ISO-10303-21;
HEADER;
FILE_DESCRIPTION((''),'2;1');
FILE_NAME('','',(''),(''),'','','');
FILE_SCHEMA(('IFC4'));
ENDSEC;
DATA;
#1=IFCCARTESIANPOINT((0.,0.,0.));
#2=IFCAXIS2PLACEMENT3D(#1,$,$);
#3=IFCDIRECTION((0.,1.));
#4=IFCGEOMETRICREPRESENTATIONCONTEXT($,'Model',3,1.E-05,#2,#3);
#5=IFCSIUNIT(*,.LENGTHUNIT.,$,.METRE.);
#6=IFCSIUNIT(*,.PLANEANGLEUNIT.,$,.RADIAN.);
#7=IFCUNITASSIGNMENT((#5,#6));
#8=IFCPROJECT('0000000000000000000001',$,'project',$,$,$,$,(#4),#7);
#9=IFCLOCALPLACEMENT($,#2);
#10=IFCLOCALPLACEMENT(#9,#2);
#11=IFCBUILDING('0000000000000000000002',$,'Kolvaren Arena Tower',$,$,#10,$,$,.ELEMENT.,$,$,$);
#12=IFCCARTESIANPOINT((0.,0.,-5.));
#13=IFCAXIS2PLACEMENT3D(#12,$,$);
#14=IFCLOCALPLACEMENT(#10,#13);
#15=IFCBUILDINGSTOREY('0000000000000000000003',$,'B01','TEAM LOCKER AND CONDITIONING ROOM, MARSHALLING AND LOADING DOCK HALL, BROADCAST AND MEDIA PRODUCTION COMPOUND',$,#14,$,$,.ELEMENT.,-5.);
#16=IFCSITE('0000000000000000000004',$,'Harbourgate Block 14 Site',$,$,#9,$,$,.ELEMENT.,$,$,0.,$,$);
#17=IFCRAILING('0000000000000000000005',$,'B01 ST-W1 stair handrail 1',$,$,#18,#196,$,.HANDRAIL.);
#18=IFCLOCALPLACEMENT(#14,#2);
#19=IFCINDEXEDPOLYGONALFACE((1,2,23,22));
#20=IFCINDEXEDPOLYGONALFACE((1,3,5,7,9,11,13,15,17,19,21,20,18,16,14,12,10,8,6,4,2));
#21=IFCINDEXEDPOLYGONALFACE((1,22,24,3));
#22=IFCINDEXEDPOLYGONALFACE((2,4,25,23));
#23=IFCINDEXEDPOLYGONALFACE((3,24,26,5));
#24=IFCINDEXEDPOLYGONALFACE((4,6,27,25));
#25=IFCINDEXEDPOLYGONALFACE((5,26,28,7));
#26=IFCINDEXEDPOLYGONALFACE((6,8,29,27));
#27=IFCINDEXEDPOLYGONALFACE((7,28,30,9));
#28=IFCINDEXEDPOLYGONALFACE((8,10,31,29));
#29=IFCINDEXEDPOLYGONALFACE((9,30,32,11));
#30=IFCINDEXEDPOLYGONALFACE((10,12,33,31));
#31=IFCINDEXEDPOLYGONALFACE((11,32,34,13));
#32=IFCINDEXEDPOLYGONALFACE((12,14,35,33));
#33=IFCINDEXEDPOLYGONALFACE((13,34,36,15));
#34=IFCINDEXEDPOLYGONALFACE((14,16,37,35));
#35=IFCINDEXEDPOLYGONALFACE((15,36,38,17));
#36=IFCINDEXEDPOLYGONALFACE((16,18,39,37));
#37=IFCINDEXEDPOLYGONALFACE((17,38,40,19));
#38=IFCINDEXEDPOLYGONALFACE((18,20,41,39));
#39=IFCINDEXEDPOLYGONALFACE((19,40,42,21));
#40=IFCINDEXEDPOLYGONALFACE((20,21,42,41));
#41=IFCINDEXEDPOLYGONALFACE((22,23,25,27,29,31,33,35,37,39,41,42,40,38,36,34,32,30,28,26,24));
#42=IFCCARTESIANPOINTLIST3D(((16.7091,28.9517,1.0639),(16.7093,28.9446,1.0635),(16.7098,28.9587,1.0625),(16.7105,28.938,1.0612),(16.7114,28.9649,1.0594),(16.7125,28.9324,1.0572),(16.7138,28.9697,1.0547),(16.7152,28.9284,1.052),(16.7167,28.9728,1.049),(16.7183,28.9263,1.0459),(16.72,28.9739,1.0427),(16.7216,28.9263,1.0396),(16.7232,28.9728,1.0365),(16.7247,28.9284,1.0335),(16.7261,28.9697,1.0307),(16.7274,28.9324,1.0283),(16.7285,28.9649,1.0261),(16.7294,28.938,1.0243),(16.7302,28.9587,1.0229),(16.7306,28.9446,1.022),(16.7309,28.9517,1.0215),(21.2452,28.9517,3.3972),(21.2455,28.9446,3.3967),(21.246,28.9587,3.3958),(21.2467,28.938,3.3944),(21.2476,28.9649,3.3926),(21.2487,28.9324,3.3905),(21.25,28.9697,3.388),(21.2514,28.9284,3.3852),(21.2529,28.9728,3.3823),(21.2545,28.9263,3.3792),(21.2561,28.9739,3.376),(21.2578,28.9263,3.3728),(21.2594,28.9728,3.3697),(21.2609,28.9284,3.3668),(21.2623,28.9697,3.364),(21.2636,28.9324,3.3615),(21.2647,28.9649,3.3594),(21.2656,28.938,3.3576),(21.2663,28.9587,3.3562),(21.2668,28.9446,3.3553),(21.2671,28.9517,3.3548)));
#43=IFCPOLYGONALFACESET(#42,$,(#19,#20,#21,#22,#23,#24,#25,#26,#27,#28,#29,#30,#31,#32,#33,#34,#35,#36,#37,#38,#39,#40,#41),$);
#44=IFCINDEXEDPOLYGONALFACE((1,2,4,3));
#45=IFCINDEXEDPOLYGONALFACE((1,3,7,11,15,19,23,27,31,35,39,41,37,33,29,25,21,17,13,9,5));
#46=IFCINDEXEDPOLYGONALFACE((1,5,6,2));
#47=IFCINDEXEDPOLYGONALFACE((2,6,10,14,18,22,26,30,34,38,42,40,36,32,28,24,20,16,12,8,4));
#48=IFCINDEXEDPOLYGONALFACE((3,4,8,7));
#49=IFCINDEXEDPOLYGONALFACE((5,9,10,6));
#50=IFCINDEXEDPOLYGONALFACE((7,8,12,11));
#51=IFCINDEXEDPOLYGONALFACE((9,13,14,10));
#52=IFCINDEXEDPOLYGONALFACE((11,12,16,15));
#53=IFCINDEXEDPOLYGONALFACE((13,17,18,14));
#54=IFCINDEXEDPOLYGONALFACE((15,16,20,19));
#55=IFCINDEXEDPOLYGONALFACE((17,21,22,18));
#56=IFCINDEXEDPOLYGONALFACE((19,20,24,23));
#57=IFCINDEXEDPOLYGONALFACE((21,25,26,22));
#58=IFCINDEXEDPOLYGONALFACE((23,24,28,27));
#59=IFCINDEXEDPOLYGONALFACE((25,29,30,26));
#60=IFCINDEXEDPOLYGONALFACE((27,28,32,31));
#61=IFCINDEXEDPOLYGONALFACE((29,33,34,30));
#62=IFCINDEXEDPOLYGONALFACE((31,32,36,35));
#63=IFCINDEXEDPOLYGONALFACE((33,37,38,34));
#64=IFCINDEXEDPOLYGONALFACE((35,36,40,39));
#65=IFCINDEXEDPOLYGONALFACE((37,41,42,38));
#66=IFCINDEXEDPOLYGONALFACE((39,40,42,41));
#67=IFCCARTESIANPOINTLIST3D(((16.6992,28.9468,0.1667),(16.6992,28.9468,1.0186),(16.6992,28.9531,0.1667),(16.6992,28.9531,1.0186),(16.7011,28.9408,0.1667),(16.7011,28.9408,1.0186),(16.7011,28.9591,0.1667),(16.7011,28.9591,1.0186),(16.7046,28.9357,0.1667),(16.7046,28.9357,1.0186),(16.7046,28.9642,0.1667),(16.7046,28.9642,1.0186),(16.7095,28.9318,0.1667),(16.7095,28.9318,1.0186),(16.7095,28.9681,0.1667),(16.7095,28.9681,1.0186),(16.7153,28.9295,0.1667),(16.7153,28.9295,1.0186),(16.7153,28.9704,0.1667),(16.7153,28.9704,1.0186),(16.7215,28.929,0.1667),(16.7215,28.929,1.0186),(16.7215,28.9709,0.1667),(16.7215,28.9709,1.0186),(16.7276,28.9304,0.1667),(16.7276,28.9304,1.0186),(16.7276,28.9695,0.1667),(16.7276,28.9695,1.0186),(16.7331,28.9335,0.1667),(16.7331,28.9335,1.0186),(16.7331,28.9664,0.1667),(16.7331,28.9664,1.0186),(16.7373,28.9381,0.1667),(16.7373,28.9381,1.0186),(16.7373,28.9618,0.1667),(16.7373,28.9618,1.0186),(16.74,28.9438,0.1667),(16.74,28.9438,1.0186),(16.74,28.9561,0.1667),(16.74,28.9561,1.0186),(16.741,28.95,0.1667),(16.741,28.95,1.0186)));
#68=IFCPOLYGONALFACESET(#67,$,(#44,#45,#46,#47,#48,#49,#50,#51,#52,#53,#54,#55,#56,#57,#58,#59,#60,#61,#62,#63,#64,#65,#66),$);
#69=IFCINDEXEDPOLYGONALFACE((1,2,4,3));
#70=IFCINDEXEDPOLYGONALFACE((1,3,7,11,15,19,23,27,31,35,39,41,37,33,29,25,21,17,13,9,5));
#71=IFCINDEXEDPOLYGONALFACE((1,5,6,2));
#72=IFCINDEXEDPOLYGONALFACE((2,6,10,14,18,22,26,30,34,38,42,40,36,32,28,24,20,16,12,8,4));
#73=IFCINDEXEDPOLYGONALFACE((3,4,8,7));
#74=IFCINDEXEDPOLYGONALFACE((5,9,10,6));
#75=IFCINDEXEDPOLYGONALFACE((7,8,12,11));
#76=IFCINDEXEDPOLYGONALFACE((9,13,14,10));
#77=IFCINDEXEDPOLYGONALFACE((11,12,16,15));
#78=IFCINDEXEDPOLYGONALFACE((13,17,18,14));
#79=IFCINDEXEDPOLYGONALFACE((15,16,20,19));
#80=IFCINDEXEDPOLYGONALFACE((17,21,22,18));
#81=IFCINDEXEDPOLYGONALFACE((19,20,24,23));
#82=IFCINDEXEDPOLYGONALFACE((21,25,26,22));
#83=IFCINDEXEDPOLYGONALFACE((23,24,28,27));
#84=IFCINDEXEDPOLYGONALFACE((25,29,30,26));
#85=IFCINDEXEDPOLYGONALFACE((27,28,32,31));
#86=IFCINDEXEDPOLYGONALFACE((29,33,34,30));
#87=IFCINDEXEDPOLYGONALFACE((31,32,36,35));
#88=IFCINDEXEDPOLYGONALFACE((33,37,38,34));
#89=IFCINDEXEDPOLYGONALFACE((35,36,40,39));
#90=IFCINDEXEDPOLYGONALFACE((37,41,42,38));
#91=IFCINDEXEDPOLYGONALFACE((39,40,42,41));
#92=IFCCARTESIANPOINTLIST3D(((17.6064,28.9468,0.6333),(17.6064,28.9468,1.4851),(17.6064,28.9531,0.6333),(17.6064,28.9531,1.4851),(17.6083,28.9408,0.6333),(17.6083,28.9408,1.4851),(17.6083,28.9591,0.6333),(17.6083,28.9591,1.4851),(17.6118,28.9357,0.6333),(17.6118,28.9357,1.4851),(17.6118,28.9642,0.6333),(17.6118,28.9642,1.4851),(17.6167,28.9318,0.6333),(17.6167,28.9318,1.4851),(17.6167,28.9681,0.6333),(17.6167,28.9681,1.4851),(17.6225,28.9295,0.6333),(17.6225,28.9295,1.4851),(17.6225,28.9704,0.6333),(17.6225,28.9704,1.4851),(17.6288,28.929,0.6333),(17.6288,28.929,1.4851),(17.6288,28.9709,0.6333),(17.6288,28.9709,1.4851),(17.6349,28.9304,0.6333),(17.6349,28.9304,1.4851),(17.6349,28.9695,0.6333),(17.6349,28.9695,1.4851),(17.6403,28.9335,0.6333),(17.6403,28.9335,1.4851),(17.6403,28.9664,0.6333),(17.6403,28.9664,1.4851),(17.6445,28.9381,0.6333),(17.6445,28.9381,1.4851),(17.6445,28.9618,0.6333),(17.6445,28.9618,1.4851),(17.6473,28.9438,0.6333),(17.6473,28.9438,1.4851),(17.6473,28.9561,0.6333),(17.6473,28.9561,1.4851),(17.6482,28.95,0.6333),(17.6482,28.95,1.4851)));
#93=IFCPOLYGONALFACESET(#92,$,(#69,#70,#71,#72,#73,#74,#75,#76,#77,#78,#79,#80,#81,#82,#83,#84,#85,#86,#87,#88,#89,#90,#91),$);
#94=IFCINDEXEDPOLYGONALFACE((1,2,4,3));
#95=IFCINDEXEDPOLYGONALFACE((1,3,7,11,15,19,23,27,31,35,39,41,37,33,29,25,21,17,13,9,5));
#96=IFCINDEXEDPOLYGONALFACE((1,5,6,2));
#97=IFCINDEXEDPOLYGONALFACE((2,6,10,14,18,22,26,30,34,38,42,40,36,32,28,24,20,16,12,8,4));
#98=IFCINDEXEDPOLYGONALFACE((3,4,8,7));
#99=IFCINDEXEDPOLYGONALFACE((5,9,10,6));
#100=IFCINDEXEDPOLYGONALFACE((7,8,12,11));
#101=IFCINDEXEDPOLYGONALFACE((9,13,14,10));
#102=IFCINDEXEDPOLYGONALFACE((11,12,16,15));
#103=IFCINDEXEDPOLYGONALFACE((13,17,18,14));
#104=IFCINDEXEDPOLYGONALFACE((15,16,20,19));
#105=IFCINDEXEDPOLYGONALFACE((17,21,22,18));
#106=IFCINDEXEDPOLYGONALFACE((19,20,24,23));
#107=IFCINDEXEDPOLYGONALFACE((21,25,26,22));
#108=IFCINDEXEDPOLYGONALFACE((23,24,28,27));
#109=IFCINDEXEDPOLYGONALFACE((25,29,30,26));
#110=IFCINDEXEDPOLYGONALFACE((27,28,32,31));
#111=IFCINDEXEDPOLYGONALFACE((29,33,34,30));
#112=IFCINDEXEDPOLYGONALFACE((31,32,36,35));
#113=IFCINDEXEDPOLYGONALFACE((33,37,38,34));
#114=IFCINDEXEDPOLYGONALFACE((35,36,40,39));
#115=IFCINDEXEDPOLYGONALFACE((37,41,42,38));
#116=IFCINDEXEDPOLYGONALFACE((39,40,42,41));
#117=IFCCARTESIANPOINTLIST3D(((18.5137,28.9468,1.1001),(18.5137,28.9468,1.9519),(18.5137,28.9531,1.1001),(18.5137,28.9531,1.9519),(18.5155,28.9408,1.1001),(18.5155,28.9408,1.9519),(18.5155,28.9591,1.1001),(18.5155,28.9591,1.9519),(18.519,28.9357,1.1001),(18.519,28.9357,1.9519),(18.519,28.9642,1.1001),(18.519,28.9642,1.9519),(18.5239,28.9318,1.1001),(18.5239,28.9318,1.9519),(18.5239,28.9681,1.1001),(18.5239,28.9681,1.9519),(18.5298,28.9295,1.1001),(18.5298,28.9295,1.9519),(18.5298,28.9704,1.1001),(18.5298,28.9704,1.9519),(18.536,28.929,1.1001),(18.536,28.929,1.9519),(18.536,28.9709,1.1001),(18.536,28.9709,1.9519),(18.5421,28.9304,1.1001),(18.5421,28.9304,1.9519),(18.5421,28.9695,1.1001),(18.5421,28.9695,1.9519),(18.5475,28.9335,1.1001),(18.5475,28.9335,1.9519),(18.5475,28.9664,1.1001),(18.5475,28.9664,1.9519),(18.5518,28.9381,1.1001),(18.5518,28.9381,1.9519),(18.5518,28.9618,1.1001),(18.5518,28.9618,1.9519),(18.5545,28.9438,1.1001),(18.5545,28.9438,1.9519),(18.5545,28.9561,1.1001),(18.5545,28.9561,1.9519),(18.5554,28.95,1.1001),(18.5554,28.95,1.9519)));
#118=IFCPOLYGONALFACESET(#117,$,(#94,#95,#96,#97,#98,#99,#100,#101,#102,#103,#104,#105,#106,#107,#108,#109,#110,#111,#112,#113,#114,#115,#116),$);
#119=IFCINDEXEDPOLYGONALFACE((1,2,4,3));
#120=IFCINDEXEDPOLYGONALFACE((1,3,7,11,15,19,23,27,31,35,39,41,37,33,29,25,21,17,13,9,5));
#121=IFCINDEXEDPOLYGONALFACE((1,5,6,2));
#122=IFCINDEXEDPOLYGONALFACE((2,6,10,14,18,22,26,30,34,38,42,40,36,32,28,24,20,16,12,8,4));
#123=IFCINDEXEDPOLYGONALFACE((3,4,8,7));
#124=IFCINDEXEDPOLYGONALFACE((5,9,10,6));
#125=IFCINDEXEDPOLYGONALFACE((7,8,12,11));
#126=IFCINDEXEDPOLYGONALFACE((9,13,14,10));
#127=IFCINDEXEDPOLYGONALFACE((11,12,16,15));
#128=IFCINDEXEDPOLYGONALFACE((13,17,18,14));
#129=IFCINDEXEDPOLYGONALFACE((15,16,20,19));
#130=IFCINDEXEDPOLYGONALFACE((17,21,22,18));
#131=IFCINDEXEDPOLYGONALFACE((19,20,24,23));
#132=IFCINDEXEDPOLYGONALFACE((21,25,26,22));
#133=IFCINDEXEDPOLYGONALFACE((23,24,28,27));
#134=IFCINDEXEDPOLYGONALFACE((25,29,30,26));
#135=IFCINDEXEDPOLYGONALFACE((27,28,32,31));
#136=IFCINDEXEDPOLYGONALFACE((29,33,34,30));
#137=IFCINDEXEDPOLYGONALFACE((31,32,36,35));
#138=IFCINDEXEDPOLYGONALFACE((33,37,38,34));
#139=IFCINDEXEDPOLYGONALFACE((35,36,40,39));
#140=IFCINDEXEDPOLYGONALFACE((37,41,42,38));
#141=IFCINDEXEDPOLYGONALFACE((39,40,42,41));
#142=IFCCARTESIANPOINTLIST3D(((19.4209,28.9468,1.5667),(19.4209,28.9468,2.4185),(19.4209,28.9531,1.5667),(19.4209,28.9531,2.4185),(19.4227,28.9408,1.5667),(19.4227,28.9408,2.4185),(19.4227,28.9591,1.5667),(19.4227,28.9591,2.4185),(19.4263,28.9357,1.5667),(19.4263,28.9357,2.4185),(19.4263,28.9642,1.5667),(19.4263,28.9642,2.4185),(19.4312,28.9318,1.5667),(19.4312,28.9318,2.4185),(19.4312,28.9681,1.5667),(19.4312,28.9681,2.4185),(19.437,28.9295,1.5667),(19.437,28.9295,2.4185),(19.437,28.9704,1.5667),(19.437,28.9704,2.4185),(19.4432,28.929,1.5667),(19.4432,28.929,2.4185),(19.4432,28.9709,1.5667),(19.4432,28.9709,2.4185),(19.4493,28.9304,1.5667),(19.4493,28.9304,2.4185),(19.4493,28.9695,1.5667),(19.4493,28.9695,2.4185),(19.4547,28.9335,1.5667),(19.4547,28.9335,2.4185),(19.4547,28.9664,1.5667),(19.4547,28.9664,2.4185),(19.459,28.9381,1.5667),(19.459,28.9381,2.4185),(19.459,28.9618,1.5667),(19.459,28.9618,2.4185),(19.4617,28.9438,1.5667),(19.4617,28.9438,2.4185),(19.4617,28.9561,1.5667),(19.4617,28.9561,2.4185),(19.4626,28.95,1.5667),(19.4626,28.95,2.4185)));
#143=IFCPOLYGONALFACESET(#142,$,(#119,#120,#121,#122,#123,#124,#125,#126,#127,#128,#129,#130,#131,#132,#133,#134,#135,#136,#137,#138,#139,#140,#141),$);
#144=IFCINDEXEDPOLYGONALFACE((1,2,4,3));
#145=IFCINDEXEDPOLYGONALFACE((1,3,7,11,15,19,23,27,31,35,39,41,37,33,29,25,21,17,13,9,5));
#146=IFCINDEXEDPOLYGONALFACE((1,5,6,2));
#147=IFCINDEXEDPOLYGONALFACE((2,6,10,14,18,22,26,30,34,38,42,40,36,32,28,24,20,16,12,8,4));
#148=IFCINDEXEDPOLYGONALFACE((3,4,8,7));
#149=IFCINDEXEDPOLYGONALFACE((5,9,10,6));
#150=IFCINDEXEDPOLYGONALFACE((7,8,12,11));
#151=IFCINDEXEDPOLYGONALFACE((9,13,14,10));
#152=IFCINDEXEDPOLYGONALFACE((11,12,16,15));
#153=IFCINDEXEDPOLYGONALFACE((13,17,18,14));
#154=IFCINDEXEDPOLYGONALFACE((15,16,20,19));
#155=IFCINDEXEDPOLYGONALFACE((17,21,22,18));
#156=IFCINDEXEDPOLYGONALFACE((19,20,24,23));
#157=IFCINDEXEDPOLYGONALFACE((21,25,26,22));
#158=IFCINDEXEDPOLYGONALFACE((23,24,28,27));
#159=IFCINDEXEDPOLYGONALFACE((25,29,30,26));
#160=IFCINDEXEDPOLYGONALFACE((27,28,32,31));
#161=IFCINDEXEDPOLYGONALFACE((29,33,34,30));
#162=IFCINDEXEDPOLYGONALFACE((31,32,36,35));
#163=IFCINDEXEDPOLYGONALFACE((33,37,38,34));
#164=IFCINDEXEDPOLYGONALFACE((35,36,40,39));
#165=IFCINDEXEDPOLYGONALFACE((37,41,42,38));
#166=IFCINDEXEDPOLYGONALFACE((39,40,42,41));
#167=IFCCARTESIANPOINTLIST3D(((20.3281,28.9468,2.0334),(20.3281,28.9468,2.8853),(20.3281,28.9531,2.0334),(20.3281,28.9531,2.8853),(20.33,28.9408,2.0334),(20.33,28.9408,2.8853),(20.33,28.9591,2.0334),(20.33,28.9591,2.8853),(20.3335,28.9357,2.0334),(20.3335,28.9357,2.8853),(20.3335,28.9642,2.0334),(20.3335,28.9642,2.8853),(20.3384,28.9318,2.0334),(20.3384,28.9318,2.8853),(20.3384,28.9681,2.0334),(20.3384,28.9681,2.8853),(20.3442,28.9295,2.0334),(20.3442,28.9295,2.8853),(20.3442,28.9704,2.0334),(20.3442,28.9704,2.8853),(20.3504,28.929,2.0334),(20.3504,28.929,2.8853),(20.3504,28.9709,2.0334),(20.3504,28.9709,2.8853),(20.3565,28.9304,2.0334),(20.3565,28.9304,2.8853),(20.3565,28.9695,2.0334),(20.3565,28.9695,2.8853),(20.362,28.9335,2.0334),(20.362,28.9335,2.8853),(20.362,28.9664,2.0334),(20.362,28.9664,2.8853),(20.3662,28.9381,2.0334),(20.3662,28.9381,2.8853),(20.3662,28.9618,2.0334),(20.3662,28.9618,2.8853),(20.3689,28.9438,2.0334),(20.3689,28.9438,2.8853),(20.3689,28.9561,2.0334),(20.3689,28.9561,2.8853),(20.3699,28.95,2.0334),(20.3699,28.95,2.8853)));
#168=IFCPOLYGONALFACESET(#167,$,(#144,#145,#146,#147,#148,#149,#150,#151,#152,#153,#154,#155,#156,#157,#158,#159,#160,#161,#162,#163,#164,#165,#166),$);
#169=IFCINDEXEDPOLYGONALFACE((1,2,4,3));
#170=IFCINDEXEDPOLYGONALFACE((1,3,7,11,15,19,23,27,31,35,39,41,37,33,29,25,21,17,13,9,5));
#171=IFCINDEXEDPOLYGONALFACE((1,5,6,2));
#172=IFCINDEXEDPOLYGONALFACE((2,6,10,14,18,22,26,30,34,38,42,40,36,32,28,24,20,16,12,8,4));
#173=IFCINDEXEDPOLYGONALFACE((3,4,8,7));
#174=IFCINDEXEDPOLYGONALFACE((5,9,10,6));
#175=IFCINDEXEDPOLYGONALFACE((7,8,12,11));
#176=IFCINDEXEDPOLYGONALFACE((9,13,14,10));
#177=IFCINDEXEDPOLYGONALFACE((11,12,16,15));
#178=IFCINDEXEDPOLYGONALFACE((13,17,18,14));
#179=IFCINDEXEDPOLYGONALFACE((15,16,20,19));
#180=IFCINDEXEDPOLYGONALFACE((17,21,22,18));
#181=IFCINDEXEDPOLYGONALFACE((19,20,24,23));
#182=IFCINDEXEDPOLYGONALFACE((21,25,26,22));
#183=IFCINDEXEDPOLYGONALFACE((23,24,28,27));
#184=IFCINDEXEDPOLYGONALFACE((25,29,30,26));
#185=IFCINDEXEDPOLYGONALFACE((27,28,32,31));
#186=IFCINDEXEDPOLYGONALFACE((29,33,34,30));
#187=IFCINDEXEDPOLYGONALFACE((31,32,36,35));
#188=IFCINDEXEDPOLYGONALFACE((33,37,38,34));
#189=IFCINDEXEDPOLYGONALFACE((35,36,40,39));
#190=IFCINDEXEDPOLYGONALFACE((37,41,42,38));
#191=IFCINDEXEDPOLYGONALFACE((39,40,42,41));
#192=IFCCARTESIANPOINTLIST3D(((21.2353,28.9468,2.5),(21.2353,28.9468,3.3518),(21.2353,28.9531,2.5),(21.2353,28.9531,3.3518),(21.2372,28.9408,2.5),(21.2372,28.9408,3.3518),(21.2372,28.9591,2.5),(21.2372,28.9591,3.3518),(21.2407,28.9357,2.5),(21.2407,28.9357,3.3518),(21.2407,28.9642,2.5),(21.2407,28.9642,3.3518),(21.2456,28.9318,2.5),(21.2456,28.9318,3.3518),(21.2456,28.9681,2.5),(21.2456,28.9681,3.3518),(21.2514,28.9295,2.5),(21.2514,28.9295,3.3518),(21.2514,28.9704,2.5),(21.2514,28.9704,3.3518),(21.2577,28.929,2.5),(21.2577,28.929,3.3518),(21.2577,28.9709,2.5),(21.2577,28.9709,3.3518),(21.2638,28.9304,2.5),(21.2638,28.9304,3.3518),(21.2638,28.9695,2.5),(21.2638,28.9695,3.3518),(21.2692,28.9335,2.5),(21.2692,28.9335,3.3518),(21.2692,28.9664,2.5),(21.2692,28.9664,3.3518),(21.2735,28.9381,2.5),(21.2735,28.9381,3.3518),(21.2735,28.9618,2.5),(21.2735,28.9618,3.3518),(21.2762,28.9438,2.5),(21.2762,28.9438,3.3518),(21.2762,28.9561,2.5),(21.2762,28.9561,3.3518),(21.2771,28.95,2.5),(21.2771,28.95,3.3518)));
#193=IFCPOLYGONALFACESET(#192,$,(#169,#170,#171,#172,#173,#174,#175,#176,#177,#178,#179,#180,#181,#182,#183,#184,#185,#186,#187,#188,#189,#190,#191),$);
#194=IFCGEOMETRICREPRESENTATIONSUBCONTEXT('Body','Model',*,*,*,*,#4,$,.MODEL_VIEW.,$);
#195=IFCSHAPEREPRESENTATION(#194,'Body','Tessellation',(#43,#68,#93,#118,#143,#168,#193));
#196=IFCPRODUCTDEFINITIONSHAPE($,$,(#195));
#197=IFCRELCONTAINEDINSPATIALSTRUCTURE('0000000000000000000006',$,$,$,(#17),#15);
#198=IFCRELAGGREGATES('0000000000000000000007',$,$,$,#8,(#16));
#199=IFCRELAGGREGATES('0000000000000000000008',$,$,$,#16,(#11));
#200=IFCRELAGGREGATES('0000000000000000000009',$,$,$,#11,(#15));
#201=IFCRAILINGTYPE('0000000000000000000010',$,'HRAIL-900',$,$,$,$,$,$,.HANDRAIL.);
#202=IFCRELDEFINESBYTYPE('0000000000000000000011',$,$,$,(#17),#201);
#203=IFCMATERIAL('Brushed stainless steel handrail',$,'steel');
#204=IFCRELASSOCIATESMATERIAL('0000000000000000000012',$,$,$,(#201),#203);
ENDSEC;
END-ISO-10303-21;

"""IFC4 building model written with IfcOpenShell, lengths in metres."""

from ifc_helpers import new_model, si_unit, direction, frame, origin, origin_2d, place, context, subcontext, project, spatial, circle, extrude, material, type_object, element, save


model = new_model("IFC4")

# Units and contexts
model_context = context("Model", 3, precision=1e-05, world=origin(), true_north=direction((0.0, 1.0)))
body_context = subcontext(model_context, "Body", "Model", "MODEL_VIEW")
ifc_project = project(units=[si_unit("LENGTHUNIT", "METRE"), si_unit("PLANEANGLEUNIT", "RADIAN")], contexts=[model_context])

# Site, building, storey
site_placement = place(None, origin())
site = spatial("IfcSite", under=ifc_project, at=site_placement, Name="Harbourgate Block 14 Site", CompositionType="ELEMENT", RefElevation=0.0)
building_placement = place(site_placement, origin())
building = spatial("IfcBuilding", under=site, at=building_placement, Name="Kolvaren Arena Tower", CompositionType="ELEMENT")
storey_placement = place(building_placement, frame((0.0, 0.0, -5.0)))
storey = spatial("IfcBuildingStorey", under=building, at=storey_placement, Name="B01", Description="TEAM LOCKER AND CONDITIONING ROOM, MARSHALLING AND LOADING DOCK HALL, BROADCAST AND MEDIA PRODUCTION COMPOUND", CompositionType="ELEMENT", Elevation=-5.0)

# Railing
ifc_material_1 = material(Name="Brushed stainless steel handrail", Category="steel")
railing_type_1 = type_object("IfcRailingType", Name="HRAIL-900", PredefinedType="HANDRAIL", material=ifc_material_1)
railing_1_placement = place(storey_placement, frame((16.72, 28.95, 0.1667)))
element("IfcRailing", 1, at=railing_1_placement, inside=storey, type_object=railing_type_1, Name="B01 ST-W1 stair handrail 1", PredefinedType="HANDRAIL", context=body_context, shape_type="SweptSolid", body=[
    extrude(circle(Radius=0.0239, at=origin_2d()), frame((0.0, 0.0, 0.876), z_axis=(0.889257, 0.0, 0.457407), x_axis=(0.0, 1.0, 0.0)), (0.0, 0.0, 1.0), 5.1011),
    extrude(circle(Radius=0.021, at=origin_2d()), origin(), (0.0, 0.0, 1.0), 0.8518),
    extrude(circle(Radius=0.021, at=origin_2d()), frame((0.9072, 0.0, 0.4666)), (0.0, 0.0, 1.0), 0.8518),
    extrude(circle(Radius=0.021, at=origin_2d()), frame((1.8145, 0.0, 0.9333)), (0.0, 0.0, 1.0), 0.8518),
    extrude(circle(Radius=0.021, at=origin_2d()), frame((2.7217, 0.0, 1.3999)), (0.0, 0.0, 1.0), 0.8518),
    extrude(circle(Radius=0.021, at=origin_2d()), frame((3.6289, 0.0, 1.8667)), (0.0, 0.0, 1.0), 0.8518),
    extrude(circle(Radius=0.021, at=origin_2d()), frame((4.5361, 0.0, 2.3333)), (0.0, 0.0, 1.0), 0.8518),
])

save(model, "model.ifc")
